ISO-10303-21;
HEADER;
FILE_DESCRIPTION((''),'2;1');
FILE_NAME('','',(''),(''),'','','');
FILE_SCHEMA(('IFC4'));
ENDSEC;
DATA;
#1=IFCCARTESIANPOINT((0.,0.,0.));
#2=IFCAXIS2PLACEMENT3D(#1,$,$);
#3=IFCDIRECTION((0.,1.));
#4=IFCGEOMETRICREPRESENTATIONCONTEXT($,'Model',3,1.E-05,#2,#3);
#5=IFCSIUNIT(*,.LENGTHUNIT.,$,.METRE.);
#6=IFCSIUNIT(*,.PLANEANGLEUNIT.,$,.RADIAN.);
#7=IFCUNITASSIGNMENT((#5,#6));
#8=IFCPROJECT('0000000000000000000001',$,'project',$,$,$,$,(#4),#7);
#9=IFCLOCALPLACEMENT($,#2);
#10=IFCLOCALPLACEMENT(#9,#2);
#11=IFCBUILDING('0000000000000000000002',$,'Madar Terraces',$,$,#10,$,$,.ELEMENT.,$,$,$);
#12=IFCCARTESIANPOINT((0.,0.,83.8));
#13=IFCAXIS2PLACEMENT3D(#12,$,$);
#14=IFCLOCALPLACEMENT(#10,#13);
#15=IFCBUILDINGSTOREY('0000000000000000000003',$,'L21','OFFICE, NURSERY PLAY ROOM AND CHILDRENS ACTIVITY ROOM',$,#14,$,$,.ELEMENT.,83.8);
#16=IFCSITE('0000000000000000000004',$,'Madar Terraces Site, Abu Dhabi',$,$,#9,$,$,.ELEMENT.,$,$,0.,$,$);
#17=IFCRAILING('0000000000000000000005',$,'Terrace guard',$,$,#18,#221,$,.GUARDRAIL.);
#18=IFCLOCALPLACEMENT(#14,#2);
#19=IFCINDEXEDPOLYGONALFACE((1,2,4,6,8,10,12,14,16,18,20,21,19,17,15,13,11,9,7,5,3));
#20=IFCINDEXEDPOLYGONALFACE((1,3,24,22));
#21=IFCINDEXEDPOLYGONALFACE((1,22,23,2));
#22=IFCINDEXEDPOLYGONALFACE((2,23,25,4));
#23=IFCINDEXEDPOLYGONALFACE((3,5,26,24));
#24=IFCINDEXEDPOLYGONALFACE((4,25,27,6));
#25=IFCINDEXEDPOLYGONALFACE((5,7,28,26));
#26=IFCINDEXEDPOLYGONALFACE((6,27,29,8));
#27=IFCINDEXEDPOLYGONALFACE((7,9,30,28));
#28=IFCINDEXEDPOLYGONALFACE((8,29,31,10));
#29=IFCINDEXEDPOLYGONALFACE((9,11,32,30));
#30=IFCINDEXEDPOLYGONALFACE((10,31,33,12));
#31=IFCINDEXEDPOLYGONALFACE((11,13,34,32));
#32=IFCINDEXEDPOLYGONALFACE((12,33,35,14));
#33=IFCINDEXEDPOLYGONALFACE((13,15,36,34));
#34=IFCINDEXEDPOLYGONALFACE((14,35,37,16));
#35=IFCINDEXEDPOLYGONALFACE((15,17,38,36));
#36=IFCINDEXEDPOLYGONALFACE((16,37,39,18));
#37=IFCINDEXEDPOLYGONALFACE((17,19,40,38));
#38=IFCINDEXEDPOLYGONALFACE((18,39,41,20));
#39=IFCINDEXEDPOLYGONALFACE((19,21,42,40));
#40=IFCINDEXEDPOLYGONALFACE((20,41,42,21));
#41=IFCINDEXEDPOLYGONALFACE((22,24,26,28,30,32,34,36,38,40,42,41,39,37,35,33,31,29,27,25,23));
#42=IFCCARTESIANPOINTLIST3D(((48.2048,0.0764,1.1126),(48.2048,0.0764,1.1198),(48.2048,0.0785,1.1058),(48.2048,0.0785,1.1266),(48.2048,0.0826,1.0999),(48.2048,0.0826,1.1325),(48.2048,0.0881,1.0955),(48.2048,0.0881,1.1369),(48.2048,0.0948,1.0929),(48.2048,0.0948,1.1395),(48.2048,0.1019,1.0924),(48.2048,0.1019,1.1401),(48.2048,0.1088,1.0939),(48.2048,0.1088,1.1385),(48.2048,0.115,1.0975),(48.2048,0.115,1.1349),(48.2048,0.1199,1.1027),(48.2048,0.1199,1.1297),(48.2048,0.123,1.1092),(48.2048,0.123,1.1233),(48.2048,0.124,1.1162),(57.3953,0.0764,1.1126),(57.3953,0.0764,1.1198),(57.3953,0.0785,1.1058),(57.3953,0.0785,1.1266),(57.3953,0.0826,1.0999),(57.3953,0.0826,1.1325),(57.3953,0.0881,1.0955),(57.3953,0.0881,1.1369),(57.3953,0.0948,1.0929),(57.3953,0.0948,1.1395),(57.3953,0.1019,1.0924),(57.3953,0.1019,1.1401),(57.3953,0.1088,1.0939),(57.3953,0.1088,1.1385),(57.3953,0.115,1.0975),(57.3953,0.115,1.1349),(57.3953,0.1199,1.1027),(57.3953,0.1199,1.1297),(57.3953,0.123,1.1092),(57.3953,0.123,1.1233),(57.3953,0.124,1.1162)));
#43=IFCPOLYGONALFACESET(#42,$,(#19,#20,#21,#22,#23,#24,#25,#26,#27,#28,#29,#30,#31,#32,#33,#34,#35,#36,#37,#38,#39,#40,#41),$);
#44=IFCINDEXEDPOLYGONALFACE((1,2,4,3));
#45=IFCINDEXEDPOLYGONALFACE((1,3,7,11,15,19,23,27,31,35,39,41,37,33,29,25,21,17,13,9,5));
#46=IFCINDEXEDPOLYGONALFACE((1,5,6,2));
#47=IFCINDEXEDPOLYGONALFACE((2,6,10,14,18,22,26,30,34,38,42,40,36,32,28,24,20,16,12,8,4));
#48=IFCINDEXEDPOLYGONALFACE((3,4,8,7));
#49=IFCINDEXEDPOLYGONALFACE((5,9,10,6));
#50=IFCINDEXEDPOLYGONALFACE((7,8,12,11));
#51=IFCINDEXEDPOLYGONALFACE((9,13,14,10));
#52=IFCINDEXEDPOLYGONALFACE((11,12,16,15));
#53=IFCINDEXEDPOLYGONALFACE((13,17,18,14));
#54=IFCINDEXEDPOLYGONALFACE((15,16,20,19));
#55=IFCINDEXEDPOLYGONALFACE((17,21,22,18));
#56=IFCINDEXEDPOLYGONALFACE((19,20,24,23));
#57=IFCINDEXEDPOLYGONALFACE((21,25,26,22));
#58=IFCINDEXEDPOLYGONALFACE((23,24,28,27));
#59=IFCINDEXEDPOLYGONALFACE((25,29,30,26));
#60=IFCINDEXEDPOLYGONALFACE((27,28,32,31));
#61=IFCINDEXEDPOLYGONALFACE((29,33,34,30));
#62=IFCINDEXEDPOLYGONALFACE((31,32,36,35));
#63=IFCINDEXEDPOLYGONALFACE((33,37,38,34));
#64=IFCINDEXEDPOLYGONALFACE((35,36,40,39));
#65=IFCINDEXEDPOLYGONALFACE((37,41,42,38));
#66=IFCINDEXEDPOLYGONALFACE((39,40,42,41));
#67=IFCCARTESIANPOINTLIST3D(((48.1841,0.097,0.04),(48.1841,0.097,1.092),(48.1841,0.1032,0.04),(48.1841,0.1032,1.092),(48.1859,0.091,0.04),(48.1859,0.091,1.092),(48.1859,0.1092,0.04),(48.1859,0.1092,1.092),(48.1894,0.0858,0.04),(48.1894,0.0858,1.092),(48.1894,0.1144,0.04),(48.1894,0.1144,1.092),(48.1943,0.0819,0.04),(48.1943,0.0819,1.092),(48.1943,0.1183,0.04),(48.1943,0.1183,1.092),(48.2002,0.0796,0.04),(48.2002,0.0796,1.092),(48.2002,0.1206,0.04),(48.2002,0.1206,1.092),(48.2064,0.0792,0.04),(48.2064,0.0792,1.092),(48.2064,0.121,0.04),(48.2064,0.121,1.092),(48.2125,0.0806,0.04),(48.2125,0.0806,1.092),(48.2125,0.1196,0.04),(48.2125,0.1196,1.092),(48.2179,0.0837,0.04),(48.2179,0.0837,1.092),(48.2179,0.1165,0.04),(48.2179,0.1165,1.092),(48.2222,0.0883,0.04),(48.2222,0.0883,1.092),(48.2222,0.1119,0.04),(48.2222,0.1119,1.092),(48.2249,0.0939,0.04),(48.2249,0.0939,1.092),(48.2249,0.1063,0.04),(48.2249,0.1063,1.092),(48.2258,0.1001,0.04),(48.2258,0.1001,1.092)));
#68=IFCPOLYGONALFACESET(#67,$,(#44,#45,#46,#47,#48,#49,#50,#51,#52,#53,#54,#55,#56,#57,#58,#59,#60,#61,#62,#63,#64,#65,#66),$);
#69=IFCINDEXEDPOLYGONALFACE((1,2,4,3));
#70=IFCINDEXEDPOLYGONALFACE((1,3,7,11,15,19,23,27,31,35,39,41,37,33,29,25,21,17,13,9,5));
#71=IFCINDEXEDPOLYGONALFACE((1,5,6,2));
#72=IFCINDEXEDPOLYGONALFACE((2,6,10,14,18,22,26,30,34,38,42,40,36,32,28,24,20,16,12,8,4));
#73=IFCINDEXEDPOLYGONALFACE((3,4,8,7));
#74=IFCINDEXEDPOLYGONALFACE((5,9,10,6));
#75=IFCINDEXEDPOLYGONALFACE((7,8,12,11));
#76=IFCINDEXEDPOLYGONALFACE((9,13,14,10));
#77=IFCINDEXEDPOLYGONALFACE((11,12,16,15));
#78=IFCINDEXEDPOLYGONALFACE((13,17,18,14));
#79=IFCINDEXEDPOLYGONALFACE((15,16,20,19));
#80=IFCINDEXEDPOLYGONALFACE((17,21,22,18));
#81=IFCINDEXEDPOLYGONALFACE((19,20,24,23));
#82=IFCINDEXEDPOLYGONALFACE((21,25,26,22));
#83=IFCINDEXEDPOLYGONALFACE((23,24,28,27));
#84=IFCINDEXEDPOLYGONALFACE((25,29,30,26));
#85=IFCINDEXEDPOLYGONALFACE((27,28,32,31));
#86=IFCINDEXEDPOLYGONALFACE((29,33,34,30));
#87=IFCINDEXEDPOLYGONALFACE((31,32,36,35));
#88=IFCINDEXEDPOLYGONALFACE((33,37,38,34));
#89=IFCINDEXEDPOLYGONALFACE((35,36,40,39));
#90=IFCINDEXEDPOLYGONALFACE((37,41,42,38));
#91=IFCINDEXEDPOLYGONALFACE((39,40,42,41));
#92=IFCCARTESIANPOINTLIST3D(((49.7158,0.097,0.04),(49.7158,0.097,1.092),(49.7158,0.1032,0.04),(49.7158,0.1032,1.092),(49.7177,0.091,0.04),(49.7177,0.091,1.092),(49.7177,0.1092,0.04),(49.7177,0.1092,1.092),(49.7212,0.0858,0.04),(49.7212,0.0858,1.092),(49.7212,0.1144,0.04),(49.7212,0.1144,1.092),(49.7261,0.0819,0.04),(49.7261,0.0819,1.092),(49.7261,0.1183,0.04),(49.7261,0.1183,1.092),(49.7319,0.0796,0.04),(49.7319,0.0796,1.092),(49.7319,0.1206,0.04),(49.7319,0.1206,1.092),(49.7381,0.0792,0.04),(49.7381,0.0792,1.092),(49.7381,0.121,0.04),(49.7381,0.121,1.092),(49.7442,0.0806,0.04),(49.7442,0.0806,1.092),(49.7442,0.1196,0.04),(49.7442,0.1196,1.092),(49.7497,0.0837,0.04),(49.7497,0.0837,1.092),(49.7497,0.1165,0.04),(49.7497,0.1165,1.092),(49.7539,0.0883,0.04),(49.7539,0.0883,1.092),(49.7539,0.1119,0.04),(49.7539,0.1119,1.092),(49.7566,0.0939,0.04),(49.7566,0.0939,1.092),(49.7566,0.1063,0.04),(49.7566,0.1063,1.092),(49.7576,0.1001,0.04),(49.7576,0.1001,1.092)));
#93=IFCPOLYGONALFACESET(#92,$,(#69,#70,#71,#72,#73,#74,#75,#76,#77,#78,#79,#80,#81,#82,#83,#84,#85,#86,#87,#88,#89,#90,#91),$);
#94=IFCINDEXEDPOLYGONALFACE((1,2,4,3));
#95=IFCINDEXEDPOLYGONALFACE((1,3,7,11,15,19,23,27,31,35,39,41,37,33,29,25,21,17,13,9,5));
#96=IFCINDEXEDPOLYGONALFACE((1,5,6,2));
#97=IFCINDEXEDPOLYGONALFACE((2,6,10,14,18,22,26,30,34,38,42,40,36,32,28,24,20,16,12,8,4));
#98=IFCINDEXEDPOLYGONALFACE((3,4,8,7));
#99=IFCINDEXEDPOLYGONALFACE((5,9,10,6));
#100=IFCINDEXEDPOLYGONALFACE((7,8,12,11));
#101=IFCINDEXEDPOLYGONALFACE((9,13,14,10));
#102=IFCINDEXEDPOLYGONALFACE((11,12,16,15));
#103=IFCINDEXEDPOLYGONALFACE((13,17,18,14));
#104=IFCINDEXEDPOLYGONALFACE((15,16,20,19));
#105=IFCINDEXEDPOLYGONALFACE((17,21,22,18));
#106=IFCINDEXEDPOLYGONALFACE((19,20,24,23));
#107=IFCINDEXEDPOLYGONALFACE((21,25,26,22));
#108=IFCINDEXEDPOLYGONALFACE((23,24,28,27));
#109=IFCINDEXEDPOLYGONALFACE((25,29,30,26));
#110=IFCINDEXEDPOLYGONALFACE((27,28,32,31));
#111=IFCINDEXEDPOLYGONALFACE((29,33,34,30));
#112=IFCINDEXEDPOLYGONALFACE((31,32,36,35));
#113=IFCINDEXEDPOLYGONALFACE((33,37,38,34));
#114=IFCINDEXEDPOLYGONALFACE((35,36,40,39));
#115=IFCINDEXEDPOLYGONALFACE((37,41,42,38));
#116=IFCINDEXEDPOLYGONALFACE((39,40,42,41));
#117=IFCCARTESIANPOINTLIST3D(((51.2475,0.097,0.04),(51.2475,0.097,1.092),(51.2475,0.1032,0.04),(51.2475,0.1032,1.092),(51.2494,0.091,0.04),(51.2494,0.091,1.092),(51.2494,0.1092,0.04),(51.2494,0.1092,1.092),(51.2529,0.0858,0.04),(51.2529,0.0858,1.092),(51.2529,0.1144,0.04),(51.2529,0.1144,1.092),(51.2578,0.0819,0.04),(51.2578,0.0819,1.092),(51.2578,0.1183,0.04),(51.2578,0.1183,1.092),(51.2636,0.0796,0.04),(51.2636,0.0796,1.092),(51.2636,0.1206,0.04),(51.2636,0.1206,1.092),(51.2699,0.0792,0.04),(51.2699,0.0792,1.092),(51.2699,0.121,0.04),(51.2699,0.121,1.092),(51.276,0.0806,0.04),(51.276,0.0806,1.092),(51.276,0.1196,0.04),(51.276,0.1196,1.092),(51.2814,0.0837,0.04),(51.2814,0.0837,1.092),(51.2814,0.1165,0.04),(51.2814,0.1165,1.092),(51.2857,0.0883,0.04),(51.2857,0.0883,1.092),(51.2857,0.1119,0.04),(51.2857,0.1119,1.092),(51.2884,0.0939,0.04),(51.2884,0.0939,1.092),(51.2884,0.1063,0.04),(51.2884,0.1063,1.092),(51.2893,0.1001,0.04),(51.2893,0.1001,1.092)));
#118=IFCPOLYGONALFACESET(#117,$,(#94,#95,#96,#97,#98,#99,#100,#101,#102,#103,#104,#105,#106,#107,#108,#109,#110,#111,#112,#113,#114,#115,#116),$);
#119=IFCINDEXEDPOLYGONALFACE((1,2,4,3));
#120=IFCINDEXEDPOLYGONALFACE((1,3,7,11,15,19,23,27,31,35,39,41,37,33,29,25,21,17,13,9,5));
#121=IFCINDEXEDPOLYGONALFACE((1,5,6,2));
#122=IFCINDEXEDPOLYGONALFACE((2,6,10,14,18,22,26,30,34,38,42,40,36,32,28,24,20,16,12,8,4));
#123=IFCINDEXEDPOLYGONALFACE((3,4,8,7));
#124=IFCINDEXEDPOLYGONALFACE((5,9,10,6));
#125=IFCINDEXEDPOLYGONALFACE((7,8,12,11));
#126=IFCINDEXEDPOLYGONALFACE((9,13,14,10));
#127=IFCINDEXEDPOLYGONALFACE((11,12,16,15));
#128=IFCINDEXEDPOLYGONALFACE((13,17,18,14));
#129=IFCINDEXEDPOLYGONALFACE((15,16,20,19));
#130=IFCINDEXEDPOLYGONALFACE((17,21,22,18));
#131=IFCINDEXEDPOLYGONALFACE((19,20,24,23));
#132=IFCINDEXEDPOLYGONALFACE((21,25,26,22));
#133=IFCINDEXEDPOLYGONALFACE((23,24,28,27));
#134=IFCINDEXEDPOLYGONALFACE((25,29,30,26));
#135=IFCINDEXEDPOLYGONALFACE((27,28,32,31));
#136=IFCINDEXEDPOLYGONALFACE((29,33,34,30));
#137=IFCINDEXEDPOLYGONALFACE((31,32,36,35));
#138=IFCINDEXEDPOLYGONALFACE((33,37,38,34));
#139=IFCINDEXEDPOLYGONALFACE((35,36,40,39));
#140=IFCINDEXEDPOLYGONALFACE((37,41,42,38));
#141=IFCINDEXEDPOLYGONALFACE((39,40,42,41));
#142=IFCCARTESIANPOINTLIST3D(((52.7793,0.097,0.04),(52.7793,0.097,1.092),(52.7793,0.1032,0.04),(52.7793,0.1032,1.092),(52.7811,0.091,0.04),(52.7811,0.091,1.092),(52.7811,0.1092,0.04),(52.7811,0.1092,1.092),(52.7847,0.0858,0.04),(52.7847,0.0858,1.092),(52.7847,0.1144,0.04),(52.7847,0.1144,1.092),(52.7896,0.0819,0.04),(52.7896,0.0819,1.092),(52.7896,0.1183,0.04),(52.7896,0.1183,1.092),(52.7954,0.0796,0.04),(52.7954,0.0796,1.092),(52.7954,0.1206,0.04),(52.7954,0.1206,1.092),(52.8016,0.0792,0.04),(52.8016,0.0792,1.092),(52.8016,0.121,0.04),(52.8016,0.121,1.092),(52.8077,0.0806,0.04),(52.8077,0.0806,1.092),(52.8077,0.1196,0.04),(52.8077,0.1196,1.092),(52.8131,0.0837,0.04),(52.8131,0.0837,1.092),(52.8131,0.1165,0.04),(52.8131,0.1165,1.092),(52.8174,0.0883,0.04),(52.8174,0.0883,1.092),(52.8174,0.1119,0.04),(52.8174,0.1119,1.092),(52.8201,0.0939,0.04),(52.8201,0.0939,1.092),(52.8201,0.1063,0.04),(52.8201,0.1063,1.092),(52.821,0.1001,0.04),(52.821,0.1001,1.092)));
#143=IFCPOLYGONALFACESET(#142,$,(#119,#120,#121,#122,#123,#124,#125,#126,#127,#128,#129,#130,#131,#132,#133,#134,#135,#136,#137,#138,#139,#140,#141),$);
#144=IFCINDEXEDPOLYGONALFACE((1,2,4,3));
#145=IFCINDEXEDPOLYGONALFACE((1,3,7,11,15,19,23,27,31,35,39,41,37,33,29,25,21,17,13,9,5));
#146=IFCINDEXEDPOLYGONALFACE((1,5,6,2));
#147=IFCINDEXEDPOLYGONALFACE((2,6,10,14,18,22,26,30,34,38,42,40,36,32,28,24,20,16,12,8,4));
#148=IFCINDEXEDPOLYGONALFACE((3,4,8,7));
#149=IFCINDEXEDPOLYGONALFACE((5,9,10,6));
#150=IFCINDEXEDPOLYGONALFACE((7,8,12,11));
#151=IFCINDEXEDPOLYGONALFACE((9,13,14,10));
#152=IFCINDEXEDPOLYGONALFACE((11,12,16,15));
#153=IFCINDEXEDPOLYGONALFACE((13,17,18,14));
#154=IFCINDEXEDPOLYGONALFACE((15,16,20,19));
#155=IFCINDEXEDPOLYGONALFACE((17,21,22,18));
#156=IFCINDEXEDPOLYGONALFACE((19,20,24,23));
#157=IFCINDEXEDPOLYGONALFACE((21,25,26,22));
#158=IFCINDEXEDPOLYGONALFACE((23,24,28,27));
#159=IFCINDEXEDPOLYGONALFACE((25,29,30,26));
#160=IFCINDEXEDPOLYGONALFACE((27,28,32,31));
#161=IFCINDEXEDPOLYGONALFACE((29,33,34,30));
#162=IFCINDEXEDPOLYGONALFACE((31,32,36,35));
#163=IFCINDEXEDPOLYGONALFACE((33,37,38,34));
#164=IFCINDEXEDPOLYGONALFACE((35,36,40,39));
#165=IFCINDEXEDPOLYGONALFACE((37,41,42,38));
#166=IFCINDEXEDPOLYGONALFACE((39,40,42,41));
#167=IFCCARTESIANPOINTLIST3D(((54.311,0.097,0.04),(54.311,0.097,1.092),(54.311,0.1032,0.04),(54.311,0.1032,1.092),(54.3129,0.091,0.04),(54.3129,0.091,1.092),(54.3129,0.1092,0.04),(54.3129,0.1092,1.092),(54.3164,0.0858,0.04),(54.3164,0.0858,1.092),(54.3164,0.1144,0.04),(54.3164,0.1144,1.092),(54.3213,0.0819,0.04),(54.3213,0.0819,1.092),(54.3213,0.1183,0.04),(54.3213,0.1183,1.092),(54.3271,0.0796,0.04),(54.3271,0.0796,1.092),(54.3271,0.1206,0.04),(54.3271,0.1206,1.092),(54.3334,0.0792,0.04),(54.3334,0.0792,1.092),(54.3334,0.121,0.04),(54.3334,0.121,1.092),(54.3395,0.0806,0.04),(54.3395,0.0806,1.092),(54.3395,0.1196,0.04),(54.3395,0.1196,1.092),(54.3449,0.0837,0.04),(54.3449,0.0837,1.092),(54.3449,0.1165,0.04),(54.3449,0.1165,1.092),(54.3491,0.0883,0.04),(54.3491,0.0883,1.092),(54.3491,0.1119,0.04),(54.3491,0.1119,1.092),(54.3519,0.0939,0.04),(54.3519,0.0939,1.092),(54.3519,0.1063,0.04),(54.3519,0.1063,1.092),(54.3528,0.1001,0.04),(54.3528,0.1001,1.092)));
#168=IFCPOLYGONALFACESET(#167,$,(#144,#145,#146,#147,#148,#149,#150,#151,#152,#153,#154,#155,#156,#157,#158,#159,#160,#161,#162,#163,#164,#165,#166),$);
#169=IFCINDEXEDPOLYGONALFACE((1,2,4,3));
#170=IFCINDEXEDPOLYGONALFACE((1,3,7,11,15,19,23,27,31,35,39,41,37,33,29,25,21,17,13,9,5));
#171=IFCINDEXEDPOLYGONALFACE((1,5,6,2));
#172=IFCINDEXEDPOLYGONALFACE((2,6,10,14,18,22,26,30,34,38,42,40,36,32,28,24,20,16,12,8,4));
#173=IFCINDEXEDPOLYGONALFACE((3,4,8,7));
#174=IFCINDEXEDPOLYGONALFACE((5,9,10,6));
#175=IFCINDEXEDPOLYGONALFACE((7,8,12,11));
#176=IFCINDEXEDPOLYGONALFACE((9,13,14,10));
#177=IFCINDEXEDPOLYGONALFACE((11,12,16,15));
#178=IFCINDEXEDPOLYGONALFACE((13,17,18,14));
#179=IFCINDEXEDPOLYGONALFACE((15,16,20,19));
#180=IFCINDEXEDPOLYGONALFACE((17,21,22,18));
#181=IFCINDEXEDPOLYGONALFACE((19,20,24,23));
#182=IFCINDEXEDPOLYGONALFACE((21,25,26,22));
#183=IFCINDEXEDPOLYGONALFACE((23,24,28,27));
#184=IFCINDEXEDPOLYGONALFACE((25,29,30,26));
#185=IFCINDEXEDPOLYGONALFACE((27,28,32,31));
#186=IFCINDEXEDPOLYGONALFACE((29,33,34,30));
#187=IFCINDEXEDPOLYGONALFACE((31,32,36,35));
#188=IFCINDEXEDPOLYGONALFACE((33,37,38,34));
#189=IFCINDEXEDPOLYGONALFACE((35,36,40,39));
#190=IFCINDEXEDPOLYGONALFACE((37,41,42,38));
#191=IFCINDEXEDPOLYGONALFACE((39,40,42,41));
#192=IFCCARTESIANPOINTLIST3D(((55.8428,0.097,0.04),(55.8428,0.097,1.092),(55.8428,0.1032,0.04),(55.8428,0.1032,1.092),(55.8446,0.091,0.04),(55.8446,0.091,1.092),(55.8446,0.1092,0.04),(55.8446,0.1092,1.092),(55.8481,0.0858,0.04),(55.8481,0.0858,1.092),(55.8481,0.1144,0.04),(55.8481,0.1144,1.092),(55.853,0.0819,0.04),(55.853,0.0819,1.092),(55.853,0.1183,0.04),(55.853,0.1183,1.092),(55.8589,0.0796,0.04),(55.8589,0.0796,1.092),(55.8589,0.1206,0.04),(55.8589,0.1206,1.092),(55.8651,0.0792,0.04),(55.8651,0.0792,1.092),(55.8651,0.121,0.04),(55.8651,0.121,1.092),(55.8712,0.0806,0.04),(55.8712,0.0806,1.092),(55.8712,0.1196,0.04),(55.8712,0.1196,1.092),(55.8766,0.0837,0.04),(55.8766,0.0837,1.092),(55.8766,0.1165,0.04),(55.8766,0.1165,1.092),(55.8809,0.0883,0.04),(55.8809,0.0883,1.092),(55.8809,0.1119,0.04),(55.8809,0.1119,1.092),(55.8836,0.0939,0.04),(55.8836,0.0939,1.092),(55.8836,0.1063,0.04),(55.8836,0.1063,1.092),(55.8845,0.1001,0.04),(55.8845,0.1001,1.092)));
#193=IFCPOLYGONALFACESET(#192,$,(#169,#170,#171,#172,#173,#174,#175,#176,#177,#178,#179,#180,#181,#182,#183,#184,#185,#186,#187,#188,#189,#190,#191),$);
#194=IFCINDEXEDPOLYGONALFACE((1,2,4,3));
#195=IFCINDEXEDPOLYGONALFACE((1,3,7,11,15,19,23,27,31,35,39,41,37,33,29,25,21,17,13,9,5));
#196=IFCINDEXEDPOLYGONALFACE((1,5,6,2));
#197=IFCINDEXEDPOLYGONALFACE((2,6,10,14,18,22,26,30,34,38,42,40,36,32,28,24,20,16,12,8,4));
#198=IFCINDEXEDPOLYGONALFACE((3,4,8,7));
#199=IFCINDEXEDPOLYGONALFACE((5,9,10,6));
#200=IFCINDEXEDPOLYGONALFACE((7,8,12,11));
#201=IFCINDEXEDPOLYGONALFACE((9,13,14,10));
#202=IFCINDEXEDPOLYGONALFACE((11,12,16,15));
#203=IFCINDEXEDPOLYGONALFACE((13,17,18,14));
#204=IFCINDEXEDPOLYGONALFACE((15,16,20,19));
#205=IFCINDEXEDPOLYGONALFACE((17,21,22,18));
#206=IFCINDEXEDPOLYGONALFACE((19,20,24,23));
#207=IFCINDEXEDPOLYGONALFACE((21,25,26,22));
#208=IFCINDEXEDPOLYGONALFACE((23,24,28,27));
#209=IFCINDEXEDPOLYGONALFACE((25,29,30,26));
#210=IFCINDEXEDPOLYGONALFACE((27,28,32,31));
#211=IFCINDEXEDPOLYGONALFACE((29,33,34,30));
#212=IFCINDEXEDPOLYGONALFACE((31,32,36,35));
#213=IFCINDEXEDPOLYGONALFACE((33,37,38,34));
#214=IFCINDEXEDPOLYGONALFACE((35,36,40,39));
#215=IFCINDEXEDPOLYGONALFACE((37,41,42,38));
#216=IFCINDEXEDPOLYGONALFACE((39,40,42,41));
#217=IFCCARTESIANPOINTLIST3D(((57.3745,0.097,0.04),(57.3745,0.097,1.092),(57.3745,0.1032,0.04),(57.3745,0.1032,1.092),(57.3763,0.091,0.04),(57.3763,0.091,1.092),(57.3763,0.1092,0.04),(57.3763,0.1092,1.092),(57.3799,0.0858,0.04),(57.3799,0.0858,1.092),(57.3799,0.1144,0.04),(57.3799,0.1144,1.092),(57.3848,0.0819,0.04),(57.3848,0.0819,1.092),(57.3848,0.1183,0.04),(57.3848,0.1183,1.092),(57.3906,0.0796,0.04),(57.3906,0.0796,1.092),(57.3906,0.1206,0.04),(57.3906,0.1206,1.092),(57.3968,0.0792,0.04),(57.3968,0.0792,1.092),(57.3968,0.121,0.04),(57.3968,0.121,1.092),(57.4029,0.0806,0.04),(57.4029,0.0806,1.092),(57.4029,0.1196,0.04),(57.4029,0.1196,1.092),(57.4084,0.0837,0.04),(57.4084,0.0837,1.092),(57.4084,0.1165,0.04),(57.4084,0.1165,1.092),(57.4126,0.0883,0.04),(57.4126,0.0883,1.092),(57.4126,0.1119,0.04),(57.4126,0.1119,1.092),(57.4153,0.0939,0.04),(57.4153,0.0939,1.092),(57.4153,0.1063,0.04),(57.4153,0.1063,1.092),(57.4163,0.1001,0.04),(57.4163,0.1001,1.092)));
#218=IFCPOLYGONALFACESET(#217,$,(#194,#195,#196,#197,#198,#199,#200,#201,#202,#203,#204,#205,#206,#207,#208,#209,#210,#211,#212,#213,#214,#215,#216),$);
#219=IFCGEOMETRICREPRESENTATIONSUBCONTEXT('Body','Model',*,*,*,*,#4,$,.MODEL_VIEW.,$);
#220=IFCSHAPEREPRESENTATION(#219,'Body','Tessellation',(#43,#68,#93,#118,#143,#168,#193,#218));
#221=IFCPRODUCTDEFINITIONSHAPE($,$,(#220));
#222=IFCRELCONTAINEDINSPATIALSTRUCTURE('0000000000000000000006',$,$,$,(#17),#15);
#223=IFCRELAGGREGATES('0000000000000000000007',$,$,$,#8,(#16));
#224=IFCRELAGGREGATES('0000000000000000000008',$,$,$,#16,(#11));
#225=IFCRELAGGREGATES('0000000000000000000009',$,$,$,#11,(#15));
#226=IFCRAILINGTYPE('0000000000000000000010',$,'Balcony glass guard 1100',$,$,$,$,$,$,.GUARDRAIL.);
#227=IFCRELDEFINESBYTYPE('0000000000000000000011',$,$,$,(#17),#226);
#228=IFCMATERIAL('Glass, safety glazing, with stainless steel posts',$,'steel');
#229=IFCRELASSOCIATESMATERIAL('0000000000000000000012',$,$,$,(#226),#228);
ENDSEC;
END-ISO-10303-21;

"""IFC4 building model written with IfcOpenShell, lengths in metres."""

from ifc_helpers import new_model, si_unit, direction, frame, origin, origin_2d, place, context, subcontext, project, spatial, circle, extrude, material, type_object, element, save


model = new_model("IFC4")

# Units and contexts
model_context = context("Model", 3, precision=1e-05, world=origin(), true_north=direction((0.0, 1.0)))
body_context = subcontext(model_context, "Body", "Model", "MODEL_VIEW")
ifc_project = project(units=[si_unit("LENGTHUNIT", "METRE"), si_unit("PLANEANGLEUNIT", "RADIAN")], contexts=[model_context])

# Site, building, storey
site_placement = place(None, origin())
site = spatial("IfcSite", under=ifc_project, at=site_placement, Name="Madar Terraces Site, Abu Dhabi", CompositionType="ELEMENT", RefElevation=0.0)
building_placement = place(site_placement, origin())
building = spatial("IfcBuilding", under=site, at=building_placement, Name="Madar Terraces", CompositionType="ELEMENT")
storey_placement = place(building_placement, frame((0.0, 0.0, 83.8)))
storey = spatial("IfcBuildingStorey", under=building, at=storey_placement, Name="L21", Description="OFFICE, NURSERY PLAY ROOM AND CHILDRENS ACTIVITY ROOM", CompositionType="ELEMENT", Elevation=83.8)

# Railing
ifc_material_1 = material(Name="Glass, safety glazing, with stainless steel posts", Category="steel")
railing_type = type_object("IfcRailingType", Name="Balcony glass guard 1100", PredefinedType="GUARDRAIL", material=ifc_material_1)
railing_1_placement = place(storey_placement, frame((48.2048, 0.1001, 0.04)))
element("IfcRailing", 1, at=railing_1_placement, inside=storey, type_object=railing_type, Name="Terrace guard", PredefinedType="GUARDRAIL", context=body_context, shape_type="SweptSolid", body=[
    extrude(circle(Radius=0.0239, at=origin_2d()), frame((0.0, 0.0, 1.0762), z_axis=(1.0, 0.0, 0.0), x_axis=(0.0, 1.0, 0.0)), (0.0, 0.0, 1.0), 9.1904),
    extrude(circle(Radius=0.021, at=origin_2d()), origin(), (0.0, 0.0, 1.0), 1.052),
    extrude(circle(Radius=0.021, at=origin_2d()), frame((1.5317, 0.0, 0.0)), (0.0, 0.0, 1.0), 1.052),
    extrude(circle(Radius=0.021, at=origin_2d()), frame((3.0635, 0.0, 0.0)), (0.0, 0.0, 1.0), 1.052),
    extrude(circle(Radius=0.021, at=origin_2d()), frame((4.5952, 0.0, 0.0)), (0.0, 0.0, 1.0), 1.052),
    extrude(circle(Radius=0.021, at=origin_2d()), frame((6.127, 0.0, 0.0)), (0.0, 0.0, 1.0), 1.052),
    extrude(circle(Radius=0.021, at=origin_2d()), frame((7.6587, 0.0, 0.0)), (0.0, 0.0, 1.0), 1.052),
    extrude(circle(Radius=0.021, at=origin_2d()), frame((9.1904, 0.0, 0.0)), (0.0, 0.0, 1.0), 1.052),
])

save(model, "model.ifc")
